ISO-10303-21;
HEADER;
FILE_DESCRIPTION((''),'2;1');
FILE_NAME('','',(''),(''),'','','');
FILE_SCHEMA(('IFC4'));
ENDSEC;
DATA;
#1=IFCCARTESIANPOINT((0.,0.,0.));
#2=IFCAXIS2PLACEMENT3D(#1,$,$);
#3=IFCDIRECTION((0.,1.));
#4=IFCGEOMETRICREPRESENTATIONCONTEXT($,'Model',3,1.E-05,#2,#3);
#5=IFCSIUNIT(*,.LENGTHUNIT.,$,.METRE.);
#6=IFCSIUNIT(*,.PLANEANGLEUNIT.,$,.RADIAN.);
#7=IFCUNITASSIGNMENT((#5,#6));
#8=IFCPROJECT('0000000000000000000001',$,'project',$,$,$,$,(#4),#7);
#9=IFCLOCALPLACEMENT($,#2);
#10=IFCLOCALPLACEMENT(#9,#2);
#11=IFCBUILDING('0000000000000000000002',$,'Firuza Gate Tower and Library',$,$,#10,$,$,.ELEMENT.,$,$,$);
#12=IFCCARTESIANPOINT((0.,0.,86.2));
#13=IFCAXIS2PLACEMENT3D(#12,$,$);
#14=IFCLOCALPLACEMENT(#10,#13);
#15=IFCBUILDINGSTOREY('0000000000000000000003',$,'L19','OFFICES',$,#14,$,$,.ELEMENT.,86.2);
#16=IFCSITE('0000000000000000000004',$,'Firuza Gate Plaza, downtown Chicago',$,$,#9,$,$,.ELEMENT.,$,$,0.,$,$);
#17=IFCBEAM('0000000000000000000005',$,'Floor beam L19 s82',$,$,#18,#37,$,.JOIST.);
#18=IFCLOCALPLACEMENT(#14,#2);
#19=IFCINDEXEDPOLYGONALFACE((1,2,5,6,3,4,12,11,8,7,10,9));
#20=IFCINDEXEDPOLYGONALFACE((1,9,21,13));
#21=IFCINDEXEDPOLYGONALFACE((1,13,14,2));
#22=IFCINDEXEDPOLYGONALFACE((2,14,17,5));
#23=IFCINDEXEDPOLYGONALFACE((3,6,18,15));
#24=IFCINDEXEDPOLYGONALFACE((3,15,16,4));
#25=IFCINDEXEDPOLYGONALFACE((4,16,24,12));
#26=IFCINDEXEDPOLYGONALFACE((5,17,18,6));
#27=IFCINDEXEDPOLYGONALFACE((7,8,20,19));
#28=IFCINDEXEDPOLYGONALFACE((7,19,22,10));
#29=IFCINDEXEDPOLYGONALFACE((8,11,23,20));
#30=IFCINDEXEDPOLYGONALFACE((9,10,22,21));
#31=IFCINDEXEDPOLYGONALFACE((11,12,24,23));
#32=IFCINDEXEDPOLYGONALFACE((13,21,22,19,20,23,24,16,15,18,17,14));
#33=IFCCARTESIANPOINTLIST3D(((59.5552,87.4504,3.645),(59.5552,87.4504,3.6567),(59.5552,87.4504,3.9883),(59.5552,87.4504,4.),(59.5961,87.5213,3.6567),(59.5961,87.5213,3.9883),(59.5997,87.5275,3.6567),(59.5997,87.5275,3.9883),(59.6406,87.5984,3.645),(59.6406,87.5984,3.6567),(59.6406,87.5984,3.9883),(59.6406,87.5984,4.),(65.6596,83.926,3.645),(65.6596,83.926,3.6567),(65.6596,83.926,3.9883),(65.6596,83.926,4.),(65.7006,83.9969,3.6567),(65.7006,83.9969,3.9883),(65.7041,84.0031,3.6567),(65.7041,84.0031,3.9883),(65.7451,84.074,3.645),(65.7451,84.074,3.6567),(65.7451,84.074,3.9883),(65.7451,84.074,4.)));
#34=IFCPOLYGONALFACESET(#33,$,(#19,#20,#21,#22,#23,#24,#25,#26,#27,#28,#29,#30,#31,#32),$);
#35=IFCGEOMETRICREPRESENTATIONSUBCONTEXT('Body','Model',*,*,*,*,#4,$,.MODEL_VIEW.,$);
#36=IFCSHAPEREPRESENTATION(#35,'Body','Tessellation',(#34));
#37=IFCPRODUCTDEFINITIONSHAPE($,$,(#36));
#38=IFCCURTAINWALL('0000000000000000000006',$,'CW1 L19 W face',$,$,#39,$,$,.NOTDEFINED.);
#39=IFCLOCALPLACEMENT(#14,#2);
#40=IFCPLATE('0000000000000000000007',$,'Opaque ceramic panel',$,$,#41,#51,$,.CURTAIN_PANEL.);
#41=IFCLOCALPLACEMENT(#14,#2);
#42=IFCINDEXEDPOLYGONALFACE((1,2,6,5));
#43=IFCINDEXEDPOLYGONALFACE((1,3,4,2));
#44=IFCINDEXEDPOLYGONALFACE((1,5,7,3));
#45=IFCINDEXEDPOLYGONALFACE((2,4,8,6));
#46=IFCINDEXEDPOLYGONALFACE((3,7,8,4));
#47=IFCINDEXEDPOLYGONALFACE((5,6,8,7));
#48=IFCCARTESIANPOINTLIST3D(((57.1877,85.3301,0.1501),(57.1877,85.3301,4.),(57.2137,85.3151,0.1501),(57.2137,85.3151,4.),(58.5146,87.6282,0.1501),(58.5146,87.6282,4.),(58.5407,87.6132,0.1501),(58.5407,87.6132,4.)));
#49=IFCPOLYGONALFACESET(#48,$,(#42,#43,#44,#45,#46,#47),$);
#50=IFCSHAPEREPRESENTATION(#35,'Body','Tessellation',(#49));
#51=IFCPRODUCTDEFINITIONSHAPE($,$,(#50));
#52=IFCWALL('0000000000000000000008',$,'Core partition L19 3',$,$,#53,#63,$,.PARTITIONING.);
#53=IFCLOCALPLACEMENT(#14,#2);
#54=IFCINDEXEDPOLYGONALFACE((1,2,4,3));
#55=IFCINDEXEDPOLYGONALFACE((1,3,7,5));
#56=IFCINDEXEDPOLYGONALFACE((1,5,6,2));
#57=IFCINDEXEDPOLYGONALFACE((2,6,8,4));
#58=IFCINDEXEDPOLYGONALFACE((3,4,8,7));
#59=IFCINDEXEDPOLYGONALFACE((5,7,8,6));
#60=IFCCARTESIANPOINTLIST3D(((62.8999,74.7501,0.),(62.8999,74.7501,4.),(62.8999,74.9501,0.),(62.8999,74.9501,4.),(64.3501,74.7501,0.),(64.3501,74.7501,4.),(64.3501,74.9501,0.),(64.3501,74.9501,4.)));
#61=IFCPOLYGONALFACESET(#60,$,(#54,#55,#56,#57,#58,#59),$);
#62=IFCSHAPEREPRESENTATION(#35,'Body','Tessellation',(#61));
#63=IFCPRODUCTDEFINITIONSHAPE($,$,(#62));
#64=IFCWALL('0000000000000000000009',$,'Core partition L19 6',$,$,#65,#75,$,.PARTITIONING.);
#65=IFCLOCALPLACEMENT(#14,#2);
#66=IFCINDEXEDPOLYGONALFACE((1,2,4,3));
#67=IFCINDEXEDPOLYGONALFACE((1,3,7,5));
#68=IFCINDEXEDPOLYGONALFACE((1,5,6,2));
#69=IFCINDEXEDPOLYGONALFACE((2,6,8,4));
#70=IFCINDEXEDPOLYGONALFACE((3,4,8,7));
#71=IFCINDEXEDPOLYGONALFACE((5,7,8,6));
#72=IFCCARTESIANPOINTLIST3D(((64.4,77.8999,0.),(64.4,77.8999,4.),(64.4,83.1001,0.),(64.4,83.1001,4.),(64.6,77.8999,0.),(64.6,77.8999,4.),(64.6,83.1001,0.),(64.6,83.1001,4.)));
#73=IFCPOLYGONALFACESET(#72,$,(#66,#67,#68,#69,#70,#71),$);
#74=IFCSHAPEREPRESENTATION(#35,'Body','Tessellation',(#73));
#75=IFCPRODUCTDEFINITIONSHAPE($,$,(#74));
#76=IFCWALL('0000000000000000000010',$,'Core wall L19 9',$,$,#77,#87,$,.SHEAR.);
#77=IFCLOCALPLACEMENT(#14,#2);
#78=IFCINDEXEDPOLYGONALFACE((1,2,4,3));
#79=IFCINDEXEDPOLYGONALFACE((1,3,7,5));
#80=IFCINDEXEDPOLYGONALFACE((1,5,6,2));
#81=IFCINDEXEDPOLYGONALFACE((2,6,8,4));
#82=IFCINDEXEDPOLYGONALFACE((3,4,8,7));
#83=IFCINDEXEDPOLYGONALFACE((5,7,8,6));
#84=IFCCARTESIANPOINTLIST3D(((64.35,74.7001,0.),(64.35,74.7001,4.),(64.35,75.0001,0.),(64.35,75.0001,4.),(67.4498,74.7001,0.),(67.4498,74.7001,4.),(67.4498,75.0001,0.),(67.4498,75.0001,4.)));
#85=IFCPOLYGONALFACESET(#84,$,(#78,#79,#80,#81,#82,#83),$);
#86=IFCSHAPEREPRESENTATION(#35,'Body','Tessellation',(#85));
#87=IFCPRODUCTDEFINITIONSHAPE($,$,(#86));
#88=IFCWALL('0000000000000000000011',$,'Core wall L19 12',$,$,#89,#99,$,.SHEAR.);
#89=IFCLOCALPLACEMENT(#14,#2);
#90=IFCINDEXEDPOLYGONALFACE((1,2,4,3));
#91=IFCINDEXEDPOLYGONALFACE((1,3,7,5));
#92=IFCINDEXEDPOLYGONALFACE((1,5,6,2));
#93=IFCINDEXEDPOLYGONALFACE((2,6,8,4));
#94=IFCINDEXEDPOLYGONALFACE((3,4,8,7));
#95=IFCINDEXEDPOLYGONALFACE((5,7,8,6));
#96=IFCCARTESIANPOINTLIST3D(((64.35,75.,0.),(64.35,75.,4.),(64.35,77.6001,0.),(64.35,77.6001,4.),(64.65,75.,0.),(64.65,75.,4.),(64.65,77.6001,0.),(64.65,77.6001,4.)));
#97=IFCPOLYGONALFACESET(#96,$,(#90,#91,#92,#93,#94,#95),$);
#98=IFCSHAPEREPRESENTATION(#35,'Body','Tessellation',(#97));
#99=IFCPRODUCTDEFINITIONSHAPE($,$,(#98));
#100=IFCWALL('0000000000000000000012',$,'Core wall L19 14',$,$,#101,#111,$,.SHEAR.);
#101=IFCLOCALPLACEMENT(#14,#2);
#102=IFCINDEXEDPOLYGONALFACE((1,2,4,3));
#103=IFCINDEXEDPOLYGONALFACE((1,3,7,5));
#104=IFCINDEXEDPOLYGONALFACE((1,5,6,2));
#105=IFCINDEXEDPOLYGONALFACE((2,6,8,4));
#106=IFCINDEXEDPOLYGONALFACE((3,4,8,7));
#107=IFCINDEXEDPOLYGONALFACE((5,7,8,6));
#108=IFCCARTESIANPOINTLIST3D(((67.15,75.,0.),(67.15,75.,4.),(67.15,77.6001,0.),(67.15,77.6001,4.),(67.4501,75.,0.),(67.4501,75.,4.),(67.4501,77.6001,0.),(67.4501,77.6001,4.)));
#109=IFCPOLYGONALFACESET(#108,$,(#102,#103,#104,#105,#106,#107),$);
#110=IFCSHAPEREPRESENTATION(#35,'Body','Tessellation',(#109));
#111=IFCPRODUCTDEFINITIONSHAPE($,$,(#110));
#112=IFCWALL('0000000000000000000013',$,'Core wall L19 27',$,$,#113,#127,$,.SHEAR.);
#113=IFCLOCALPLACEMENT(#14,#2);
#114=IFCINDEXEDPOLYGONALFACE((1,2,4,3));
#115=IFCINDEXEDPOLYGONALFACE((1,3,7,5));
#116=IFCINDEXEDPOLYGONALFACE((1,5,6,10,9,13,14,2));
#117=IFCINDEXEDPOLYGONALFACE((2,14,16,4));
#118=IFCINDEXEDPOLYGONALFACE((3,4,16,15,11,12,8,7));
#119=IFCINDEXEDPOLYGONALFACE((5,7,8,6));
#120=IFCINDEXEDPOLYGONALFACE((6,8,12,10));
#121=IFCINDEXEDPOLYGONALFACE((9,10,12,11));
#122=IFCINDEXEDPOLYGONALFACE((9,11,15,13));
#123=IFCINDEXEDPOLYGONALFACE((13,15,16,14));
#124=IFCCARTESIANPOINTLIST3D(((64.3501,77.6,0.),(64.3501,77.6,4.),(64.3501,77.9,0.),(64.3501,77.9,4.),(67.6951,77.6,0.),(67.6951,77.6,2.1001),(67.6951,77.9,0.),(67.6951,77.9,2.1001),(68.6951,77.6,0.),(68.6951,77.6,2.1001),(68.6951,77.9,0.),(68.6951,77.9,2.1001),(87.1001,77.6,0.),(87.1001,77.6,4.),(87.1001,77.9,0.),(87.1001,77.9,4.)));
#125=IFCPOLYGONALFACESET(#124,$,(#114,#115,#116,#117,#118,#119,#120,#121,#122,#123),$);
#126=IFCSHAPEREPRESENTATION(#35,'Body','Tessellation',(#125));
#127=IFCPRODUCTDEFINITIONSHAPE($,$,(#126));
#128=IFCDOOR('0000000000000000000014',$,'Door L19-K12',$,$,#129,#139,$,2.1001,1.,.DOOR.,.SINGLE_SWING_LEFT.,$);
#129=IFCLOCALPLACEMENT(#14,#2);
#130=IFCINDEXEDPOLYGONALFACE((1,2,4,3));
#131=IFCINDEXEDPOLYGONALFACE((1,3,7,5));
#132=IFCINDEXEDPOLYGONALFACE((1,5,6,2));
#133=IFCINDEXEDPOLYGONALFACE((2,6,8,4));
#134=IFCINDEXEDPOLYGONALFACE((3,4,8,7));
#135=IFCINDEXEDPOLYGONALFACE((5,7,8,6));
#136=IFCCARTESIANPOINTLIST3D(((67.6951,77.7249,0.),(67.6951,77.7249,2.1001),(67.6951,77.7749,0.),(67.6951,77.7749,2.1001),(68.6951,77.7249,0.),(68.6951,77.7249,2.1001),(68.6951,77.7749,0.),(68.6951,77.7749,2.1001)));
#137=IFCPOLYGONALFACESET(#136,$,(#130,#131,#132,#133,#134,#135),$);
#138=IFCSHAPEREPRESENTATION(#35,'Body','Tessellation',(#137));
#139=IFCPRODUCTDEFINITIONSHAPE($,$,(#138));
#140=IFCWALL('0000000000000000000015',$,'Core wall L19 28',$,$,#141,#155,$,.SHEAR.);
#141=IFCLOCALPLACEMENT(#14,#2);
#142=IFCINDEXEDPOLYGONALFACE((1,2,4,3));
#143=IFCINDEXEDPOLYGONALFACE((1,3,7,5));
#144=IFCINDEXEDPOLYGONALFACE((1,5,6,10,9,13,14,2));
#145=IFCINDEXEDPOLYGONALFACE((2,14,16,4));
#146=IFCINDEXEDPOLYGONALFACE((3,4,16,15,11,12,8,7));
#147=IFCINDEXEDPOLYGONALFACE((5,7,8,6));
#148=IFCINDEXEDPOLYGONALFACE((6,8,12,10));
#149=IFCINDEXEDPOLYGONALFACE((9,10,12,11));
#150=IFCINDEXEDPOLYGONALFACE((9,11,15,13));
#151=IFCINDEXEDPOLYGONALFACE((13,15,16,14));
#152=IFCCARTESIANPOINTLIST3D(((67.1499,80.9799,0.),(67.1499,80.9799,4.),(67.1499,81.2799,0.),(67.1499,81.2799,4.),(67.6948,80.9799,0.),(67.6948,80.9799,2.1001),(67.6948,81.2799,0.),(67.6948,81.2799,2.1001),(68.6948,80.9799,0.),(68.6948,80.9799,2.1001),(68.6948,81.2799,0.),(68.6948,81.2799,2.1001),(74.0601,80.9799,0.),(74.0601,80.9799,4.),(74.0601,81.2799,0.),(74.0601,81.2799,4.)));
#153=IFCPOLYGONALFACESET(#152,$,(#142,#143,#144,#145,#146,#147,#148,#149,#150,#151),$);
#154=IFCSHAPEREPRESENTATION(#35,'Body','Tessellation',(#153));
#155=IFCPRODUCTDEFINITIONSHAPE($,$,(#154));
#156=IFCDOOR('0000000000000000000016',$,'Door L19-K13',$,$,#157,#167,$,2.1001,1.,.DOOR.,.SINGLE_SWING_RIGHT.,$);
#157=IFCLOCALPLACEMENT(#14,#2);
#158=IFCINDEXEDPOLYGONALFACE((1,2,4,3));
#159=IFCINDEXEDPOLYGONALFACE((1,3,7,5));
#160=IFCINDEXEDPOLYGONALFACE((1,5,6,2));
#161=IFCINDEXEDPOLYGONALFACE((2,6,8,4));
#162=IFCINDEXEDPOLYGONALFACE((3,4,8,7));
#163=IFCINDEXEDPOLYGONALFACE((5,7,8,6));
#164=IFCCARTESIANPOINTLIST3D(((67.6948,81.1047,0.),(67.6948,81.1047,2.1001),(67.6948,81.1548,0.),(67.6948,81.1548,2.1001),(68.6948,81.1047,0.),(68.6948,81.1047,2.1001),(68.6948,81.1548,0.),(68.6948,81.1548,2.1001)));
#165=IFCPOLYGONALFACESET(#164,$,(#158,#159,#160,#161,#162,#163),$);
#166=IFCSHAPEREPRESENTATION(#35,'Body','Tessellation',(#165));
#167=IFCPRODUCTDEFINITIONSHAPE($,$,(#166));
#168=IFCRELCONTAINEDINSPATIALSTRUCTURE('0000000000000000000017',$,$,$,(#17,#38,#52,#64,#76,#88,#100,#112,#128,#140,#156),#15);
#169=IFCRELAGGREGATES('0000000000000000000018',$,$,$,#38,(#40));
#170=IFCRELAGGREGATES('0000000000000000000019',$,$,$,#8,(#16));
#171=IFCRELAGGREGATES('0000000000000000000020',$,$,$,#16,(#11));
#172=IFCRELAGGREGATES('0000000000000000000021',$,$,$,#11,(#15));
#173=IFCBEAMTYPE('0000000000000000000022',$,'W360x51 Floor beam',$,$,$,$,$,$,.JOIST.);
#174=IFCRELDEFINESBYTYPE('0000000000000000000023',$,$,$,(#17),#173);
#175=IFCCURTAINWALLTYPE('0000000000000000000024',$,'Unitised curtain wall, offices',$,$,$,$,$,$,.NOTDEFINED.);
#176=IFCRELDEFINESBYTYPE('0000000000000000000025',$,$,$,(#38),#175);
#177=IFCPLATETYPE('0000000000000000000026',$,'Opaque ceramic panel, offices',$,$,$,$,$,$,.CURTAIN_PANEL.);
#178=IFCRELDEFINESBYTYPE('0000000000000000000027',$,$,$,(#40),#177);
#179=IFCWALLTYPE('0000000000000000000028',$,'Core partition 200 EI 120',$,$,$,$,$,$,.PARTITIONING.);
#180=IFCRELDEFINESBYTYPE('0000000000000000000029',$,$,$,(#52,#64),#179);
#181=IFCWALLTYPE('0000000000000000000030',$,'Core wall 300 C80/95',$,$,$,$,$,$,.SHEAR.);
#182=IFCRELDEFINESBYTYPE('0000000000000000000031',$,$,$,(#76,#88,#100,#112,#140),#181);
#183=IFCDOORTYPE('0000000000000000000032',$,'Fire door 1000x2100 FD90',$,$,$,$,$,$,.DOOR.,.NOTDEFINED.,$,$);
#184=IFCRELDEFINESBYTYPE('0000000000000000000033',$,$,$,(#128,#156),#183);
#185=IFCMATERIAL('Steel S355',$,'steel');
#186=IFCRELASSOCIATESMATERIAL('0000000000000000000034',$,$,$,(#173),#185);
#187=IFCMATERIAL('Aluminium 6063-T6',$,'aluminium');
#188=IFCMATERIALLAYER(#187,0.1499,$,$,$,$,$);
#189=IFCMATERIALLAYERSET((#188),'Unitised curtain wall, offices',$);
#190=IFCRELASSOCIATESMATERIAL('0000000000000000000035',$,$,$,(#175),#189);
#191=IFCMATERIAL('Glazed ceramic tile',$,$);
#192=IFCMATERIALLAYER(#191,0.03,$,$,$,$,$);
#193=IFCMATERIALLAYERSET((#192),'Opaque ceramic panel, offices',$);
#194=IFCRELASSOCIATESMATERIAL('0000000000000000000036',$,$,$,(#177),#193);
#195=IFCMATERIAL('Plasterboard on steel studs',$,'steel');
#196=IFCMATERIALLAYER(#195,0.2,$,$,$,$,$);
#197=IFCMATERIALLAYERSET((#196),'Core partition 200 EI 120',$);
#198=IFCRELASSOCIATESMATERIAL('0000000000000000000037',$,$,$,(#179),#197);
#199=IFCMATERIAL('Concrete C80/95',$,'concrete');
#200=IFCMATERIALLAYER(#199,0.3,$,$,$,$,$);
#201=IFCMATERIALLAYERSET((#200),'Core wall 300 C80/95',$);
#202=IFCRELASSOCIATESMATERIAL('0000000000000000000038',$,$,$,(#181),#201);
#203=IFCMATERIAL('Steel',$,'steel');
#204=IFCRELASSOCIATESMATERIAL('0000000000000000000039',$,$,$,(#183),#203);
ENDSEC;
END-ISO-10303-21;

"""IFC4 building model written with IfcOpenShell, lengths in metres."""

from ifc_helpers import new_model, si_unit, direction, frame, frame_2d, origin, origin_2d, place, context, subcontext, project, spatial, polyline, rectangle, i_section, outline, extrude, material, layer, layer_set, material_profile, profile_set, type_object, element, fill, aggregate, save


model = new_model("IFC4")

# Units and contexts
model_context = context("Model", 3, precision=1e-05, world=origin(), true_north=direction((0.0, 1.0)))
body_context = subcontext(model_context, "Body", "Model", "MODEL_VIEW")
ifc_project = project(units=[si_unit("LENGTHUNIT", "METRE"), si_unit("PLANEANGLEUNIT", "RADIAN")], contexts=[model_context])

# Site, building, storey
site_placement = place(None, origin())
site = spatial("IfcSite", under=ifc_project, at=site_placement, Name="Firuza Gate Plaza, downtown Chicago", CompositionType="ELEMENT", RefElevation=0.0)
building_placement = place(site_placement, origin())
building = spatial("IfcBuilding", under=site, at=building_placement, Name="Firuza Gate Tower and Library", CompositionType="ELEMENT")
storey_placement = place(building_placement, frame((0.0, 0.0, 86.2)))
storey = spatial("IfcBuildingStorey", under=building, at=storey_placement, Name="L19", Description="OFFICES", CompositionType="ELEMENT", Elevation=86.2)

# Beam
ifc_material_1 = material(Name="Steel S355", Category="steel")
ifc_material_profile = material_profile(ifc_material_1, i_section(OverallWidth=0.1709, OverallDepth=0.355, WebThickness=0.0071, FlangeThickness=0.0117, at=origin_2d()))
ifc_profile_set = profile_set([ifc_material_profile], Name="Steel S355")
beam_type = type_object("IfcBeamType", Name="W360x51 Floor beam", PredefinedType="JOIST", material=ifc_profile_set)
beam_placement = place(storey_placement, frame((59.5979, 87.5244, 3.8225), z_axis=(0.866026, -0.499998, 0.0), x_axis=(0.499998, 0.866026, 0.0)))
element("IfcBeam", 1, at=beam_placement, inside=storey, type_object=beam_type, Name="Floor beam L19 s82", PredefinedType="JOIST", context=body_context, shape_type="SweptSolid", body=[
    extrude(i_section(OverallWidth=0.1709, OverallDepth=0.355, WebThickness=0.0071, FlangeThickness=0.0117, at=origin_2d()), origin(), (0.0, 0.0, 1.0), 7.0488),
])

# Curtain wall, plate
ifc_material_2 = material(Name="Aluminium 6063-T6", Category="aluminium")
ifc_layer_1 = layer(ifc_material_2, 0.1499)
ifc_layer_set_1 = layer_set([ifc_layer_1], Name="Unitised curtain wall, offices")
curtain_wall_type = type_object("IfcCurtainWallType", Name="Unitised curtain wall, offices", PredefinedType="NOTDEFINED", material=ifc_layer_set_1)
curtain_wall_placement = place(storey_placement, origin())
curtain_wall = element("IfcCurtainWall", 2, at=curtain_wall_placement, inside=storey, type_object=curtain_wall_type, Name="CW1 L19 W face", PredefinedType="NOTDEFINED")
ifc_material_3 = material(Name="Glazed ceramic tile")
ifc_layer_2 = layer(ifc_material_3, 0.03)
ifc_layer_set_2 = layer_set([ifc_layer_2], Name="Opaque ceramic panel, offices")
plate_type = type_object("IfcPlateType", Name="Opaque ceramic panel, offices", PredefinedType="CURTAIN_PANEL", material=ifc_layer_set_2)
plate_placement = place(storey_placement, frame((58.5146, 87.6282, 0.1501), z_axis=(-0.866009, 0.500028, 0.0), x_axis=(-0.500028, -0.866009, 0.0)))
plate = element("IfcPlate", 3, at=plate_placement, type_object=plate_type, Name="Opaque ceramic panel", PredefinedType="CURTAIN_PANEL", context=body_context, shape_type="SweptSolid", body=[
    extrude(outline(polyline([(0.0, 0.0), (2.6537, 0.0), (2.6537, 3.8499), (0.0, 3.8499), (0.0, 0.0)])), origin(), (0.0, 0.0, -1.0), 0.03),
])
aggregate(curtain_wall, [plate])

# Walls
ifc_material_4 = material(Name="Plasterboard on steel studs", Category="steel")
ifc_layer_3 = layer(ifc_material_4, 0.2)
ifc_layer_set_3 = layer_set([ifc_layer_3], Name="Core partition 200 EI 120")
wall_type_1 = type_object("IfcWallType", Name="Core partition 200 EI 120", PredefinedType="PARTITIONING", material=ifc_layer_set_3)
wall_1_placement = place(storey_placement, frame((62.8999, 74.8501, 0.0), z_axis=(0.0, 0.0, 1.0), x_axis=(1.0, 0.0, 0.0)))
element("IfcWall", 4, at=wall_1_placement, inside=storey, type_object=wall_type_1, Name="Core partition L19 3", PredefinedType="PARTITIONING", context=body_context, shape_type="SweptSolid", body=[
    extrude(rectangle(XDim=1.4502, YDim=0.2, at=frame_2d((0.7251, 0.0))), origin(), (0.0, 0.0, 1.0), 4.0),
])
wall_2_placement = place(storey_placement, frame((64.5, 77.8999, 0.0), z_axis=(0.0, 0.0, 1.0), x_axis=(0.0, 1.0, 0.0)))
element("IfcWall", 5, at=wall_2_placement, inside=storey, type_object=wall_type_1, Name="Core partition L19 6", PredefinedType="PARTITIONING", context=body_context, shape_type="SweptSolid", body=[
    extrude(rectangle(XDim=5.2002, YDim=0.2, at=frame_2d((2.6001, 0.0))), origin(), (0.0, 0.0, 1.0), 4.0),
])
ifc_material_5 = material(Name="Concrete C80/95", Category="concrete")
ifc_layer_4 = layer(ifc_material_5, 0.3)
ifc_layer_set_4 = layer_set([ifc_layer_4], Name="Core wall 300 C80/95")
wall_type_2 = type_object("IfcWallType", Name="Core wall 300 C80/95", PredefinedType="SHEAR", material=ifc_layer_set_4)
wall_3_placement = place(storey_placement, frame((64.3501, 74.8501, 0.0), z_axis=(0.0, 0.0, 1.0), x_axis=(1.0, 0.0, 0.0)))
element("IfcWall", 6, at=wall_3_placement, inside=storey, type_object=wall_type_2, Name="Core wall L19 9", PredefinedType="SHEAR", context=body_context, shape_type="SweptSolid", body=[
    extrude(rectangle(XDim=3.0999, YDim=0.3, at=frame_2d((1.5498, 0.0))), origin(), (0.0, 0.0, 1.0), 4.0),
])
for number, where, z_axis, x_axis, name in (
    (7, (64.5, 75.0, 0.0), (0.0, 0.0, 1.0), (0.0, 1.0, 0.0), "Core wall L19 12"),
    (8, (67.3, 75.0, 0.0), (0.0, 0.0, 1.0), (0.0, 1.0, 0.0), "Core wall L19 14"),
):
    element("IfcWall", number, at=place(storey_placement, frame(where, z_axis=z_axis, x_axis=x_axis)), inside=storey, type_object=wall_type_2, Name=name, PredefinedType="SHEAR", context=body_context, shape_type="SweptSolid", body=[
        extrude(rectangle(XDim=2.6001, YDim=0.3, at=frame_2d((1.3, 0.0))), origin(), (0.0, 0.0, 1.0), 4.0),
    ])

# Walls, openings, doors
wall_4_placement = place(storey_placement, frame((64.3501, 77.75, 0.0), z_axis=(0.0, 0.0, 1.0), x_axis=(1.0, 0.0, 0.0)))
wall_4 = element("IfcWall", 9, at=wall_4_placement, inside=storey, type_object=wall_type_2, Name="Core wall L19 27", PredefinedType="SHEAR", context=body_context, shape_type="SweptSolid", body=[
    extrude(rectangle(XDim=22.75, YDim=0.3, at=frame_2d((11.375, 0.0))), origin(), (0.0, 0.0, 1.0), 4.0),
])
opening_1_placement = place(wall_4_placement, frame((3.345, 0.0, 0.0)))
opening_1 = element("IfcOpeningElement", 10, at=opening_1_placement, cuts=wall_4, PredefinedType="OPENING", context=body_context, shape_type="SweptSolid", body=[
    extrude(rectangle(XDim=1.0, YDim=2.1001, at=frame_2d((0.5, 1.05))), frame((0.0, 0.1602, 0.0), z_axis=(0.0, -1.0, 0.0), x_axis=(1.0, 0.0, 0.0)), (0.0, 0.0, 1.0), 0.3201),
])
ifc_material_6 = material(Name="Steel", Category="steel")
door_type_1 = type_object("IfcDoorType", Name="Fire door 1000x2100 FD90", OperationType="NOTDEFINED", PredefinedType="DOOR", material=ifc_material_6)
door_1_placement = place(opening_1_placement, origin())
door_1 = element("IfcDoor", 11, at=door_1_placement, inside=storey, type_object=door_type_1, Name="Door L19-K12", OperationType="SINGLE_SWING_LEFT", OverallHeight=2.1001, OverallWidth=1.0, PredefinedType="DOOR", context=body_context, shape_type="SweptSolid", body=[
    extrude(rectangle(XDim=1.0, YDim=2.1001, at=frame_2d((0.5, 1.05))), frame((0.0, 0.0249, 0.0), z_axis=(0.0, -1.0, 0.0), x_axis=(1.0, 0.0, 0.0)), (0.0, 0.0, 1.0), 0.05),
])
fill(opening_1, door_1)
wall_5_placement = place(storey_placement, frame((67.1499, 81.1299, 0.0), z_axis=(0.0, 0.0, 1.0), x_axis=(1.0, 0.0, 0.0)))
wall_5 = element("IfcWall", 12, at=wall_5_placement, inside=storey, type_object=wall_type_2, Name="Core wall L19 28", PredefinedType="SHEAR", context=body_context, shape_type="SweptSolid", body=[
    extrude(rectangle(XDim=6.9102, YDim=0.3, at=frame_2d((3.4551, 0.0))), origin(), (0.0, 0.0, 1.0), 4.0),
])
opening_2_placement = place(wall_5_placement, frame((0.5449, 0.0, 0.0)))
opening_2 = element("IfcOpeningElement", 13, at=opening_2_placement, cuts=wall_5, PredefinedType="OPENING", context=body_context, shape_type="SweptSolid", body=[
    extrude(rectangle(XDim=1.0, YDim=2.1001, at=frame_2d((0.5, 1.05))), frame((0.0, 0.1602, 0.0), z_axis=(0.0, -1.0, 0.0), x_axis=(1.0, 0.0, 0.0)), (0.0, 0.0, 1.0), 0.3201),
])
door_2_placement = place(opening_2_placement, origin())
door_2 = element("IfcDoor", 14, at=door_2_placement, inside=storey, type_object=door_type_1, Name="Door L19-K13", OperationType="SINGLE_SWING_RIGHT", OverallHeight=2.1001, OverallWidth=1.0, PredefinedType="DOOR", context=body_context, shape_type="SweptSolid", body=[
    extrude(rectangle(XDim=1.0, YDim=2.1001, at=frame_2d((0.5, 1.05))), frame((0.0, 0.0249, 0.0), z_axis=(0.0, -1.0, 0.0), x_axis=(1.0, 0.0, 0.0)), (0.0, 0.0, 1.0), 0.05),
])
fill(opening_2, door_2)

save(model, "model.ifc")
